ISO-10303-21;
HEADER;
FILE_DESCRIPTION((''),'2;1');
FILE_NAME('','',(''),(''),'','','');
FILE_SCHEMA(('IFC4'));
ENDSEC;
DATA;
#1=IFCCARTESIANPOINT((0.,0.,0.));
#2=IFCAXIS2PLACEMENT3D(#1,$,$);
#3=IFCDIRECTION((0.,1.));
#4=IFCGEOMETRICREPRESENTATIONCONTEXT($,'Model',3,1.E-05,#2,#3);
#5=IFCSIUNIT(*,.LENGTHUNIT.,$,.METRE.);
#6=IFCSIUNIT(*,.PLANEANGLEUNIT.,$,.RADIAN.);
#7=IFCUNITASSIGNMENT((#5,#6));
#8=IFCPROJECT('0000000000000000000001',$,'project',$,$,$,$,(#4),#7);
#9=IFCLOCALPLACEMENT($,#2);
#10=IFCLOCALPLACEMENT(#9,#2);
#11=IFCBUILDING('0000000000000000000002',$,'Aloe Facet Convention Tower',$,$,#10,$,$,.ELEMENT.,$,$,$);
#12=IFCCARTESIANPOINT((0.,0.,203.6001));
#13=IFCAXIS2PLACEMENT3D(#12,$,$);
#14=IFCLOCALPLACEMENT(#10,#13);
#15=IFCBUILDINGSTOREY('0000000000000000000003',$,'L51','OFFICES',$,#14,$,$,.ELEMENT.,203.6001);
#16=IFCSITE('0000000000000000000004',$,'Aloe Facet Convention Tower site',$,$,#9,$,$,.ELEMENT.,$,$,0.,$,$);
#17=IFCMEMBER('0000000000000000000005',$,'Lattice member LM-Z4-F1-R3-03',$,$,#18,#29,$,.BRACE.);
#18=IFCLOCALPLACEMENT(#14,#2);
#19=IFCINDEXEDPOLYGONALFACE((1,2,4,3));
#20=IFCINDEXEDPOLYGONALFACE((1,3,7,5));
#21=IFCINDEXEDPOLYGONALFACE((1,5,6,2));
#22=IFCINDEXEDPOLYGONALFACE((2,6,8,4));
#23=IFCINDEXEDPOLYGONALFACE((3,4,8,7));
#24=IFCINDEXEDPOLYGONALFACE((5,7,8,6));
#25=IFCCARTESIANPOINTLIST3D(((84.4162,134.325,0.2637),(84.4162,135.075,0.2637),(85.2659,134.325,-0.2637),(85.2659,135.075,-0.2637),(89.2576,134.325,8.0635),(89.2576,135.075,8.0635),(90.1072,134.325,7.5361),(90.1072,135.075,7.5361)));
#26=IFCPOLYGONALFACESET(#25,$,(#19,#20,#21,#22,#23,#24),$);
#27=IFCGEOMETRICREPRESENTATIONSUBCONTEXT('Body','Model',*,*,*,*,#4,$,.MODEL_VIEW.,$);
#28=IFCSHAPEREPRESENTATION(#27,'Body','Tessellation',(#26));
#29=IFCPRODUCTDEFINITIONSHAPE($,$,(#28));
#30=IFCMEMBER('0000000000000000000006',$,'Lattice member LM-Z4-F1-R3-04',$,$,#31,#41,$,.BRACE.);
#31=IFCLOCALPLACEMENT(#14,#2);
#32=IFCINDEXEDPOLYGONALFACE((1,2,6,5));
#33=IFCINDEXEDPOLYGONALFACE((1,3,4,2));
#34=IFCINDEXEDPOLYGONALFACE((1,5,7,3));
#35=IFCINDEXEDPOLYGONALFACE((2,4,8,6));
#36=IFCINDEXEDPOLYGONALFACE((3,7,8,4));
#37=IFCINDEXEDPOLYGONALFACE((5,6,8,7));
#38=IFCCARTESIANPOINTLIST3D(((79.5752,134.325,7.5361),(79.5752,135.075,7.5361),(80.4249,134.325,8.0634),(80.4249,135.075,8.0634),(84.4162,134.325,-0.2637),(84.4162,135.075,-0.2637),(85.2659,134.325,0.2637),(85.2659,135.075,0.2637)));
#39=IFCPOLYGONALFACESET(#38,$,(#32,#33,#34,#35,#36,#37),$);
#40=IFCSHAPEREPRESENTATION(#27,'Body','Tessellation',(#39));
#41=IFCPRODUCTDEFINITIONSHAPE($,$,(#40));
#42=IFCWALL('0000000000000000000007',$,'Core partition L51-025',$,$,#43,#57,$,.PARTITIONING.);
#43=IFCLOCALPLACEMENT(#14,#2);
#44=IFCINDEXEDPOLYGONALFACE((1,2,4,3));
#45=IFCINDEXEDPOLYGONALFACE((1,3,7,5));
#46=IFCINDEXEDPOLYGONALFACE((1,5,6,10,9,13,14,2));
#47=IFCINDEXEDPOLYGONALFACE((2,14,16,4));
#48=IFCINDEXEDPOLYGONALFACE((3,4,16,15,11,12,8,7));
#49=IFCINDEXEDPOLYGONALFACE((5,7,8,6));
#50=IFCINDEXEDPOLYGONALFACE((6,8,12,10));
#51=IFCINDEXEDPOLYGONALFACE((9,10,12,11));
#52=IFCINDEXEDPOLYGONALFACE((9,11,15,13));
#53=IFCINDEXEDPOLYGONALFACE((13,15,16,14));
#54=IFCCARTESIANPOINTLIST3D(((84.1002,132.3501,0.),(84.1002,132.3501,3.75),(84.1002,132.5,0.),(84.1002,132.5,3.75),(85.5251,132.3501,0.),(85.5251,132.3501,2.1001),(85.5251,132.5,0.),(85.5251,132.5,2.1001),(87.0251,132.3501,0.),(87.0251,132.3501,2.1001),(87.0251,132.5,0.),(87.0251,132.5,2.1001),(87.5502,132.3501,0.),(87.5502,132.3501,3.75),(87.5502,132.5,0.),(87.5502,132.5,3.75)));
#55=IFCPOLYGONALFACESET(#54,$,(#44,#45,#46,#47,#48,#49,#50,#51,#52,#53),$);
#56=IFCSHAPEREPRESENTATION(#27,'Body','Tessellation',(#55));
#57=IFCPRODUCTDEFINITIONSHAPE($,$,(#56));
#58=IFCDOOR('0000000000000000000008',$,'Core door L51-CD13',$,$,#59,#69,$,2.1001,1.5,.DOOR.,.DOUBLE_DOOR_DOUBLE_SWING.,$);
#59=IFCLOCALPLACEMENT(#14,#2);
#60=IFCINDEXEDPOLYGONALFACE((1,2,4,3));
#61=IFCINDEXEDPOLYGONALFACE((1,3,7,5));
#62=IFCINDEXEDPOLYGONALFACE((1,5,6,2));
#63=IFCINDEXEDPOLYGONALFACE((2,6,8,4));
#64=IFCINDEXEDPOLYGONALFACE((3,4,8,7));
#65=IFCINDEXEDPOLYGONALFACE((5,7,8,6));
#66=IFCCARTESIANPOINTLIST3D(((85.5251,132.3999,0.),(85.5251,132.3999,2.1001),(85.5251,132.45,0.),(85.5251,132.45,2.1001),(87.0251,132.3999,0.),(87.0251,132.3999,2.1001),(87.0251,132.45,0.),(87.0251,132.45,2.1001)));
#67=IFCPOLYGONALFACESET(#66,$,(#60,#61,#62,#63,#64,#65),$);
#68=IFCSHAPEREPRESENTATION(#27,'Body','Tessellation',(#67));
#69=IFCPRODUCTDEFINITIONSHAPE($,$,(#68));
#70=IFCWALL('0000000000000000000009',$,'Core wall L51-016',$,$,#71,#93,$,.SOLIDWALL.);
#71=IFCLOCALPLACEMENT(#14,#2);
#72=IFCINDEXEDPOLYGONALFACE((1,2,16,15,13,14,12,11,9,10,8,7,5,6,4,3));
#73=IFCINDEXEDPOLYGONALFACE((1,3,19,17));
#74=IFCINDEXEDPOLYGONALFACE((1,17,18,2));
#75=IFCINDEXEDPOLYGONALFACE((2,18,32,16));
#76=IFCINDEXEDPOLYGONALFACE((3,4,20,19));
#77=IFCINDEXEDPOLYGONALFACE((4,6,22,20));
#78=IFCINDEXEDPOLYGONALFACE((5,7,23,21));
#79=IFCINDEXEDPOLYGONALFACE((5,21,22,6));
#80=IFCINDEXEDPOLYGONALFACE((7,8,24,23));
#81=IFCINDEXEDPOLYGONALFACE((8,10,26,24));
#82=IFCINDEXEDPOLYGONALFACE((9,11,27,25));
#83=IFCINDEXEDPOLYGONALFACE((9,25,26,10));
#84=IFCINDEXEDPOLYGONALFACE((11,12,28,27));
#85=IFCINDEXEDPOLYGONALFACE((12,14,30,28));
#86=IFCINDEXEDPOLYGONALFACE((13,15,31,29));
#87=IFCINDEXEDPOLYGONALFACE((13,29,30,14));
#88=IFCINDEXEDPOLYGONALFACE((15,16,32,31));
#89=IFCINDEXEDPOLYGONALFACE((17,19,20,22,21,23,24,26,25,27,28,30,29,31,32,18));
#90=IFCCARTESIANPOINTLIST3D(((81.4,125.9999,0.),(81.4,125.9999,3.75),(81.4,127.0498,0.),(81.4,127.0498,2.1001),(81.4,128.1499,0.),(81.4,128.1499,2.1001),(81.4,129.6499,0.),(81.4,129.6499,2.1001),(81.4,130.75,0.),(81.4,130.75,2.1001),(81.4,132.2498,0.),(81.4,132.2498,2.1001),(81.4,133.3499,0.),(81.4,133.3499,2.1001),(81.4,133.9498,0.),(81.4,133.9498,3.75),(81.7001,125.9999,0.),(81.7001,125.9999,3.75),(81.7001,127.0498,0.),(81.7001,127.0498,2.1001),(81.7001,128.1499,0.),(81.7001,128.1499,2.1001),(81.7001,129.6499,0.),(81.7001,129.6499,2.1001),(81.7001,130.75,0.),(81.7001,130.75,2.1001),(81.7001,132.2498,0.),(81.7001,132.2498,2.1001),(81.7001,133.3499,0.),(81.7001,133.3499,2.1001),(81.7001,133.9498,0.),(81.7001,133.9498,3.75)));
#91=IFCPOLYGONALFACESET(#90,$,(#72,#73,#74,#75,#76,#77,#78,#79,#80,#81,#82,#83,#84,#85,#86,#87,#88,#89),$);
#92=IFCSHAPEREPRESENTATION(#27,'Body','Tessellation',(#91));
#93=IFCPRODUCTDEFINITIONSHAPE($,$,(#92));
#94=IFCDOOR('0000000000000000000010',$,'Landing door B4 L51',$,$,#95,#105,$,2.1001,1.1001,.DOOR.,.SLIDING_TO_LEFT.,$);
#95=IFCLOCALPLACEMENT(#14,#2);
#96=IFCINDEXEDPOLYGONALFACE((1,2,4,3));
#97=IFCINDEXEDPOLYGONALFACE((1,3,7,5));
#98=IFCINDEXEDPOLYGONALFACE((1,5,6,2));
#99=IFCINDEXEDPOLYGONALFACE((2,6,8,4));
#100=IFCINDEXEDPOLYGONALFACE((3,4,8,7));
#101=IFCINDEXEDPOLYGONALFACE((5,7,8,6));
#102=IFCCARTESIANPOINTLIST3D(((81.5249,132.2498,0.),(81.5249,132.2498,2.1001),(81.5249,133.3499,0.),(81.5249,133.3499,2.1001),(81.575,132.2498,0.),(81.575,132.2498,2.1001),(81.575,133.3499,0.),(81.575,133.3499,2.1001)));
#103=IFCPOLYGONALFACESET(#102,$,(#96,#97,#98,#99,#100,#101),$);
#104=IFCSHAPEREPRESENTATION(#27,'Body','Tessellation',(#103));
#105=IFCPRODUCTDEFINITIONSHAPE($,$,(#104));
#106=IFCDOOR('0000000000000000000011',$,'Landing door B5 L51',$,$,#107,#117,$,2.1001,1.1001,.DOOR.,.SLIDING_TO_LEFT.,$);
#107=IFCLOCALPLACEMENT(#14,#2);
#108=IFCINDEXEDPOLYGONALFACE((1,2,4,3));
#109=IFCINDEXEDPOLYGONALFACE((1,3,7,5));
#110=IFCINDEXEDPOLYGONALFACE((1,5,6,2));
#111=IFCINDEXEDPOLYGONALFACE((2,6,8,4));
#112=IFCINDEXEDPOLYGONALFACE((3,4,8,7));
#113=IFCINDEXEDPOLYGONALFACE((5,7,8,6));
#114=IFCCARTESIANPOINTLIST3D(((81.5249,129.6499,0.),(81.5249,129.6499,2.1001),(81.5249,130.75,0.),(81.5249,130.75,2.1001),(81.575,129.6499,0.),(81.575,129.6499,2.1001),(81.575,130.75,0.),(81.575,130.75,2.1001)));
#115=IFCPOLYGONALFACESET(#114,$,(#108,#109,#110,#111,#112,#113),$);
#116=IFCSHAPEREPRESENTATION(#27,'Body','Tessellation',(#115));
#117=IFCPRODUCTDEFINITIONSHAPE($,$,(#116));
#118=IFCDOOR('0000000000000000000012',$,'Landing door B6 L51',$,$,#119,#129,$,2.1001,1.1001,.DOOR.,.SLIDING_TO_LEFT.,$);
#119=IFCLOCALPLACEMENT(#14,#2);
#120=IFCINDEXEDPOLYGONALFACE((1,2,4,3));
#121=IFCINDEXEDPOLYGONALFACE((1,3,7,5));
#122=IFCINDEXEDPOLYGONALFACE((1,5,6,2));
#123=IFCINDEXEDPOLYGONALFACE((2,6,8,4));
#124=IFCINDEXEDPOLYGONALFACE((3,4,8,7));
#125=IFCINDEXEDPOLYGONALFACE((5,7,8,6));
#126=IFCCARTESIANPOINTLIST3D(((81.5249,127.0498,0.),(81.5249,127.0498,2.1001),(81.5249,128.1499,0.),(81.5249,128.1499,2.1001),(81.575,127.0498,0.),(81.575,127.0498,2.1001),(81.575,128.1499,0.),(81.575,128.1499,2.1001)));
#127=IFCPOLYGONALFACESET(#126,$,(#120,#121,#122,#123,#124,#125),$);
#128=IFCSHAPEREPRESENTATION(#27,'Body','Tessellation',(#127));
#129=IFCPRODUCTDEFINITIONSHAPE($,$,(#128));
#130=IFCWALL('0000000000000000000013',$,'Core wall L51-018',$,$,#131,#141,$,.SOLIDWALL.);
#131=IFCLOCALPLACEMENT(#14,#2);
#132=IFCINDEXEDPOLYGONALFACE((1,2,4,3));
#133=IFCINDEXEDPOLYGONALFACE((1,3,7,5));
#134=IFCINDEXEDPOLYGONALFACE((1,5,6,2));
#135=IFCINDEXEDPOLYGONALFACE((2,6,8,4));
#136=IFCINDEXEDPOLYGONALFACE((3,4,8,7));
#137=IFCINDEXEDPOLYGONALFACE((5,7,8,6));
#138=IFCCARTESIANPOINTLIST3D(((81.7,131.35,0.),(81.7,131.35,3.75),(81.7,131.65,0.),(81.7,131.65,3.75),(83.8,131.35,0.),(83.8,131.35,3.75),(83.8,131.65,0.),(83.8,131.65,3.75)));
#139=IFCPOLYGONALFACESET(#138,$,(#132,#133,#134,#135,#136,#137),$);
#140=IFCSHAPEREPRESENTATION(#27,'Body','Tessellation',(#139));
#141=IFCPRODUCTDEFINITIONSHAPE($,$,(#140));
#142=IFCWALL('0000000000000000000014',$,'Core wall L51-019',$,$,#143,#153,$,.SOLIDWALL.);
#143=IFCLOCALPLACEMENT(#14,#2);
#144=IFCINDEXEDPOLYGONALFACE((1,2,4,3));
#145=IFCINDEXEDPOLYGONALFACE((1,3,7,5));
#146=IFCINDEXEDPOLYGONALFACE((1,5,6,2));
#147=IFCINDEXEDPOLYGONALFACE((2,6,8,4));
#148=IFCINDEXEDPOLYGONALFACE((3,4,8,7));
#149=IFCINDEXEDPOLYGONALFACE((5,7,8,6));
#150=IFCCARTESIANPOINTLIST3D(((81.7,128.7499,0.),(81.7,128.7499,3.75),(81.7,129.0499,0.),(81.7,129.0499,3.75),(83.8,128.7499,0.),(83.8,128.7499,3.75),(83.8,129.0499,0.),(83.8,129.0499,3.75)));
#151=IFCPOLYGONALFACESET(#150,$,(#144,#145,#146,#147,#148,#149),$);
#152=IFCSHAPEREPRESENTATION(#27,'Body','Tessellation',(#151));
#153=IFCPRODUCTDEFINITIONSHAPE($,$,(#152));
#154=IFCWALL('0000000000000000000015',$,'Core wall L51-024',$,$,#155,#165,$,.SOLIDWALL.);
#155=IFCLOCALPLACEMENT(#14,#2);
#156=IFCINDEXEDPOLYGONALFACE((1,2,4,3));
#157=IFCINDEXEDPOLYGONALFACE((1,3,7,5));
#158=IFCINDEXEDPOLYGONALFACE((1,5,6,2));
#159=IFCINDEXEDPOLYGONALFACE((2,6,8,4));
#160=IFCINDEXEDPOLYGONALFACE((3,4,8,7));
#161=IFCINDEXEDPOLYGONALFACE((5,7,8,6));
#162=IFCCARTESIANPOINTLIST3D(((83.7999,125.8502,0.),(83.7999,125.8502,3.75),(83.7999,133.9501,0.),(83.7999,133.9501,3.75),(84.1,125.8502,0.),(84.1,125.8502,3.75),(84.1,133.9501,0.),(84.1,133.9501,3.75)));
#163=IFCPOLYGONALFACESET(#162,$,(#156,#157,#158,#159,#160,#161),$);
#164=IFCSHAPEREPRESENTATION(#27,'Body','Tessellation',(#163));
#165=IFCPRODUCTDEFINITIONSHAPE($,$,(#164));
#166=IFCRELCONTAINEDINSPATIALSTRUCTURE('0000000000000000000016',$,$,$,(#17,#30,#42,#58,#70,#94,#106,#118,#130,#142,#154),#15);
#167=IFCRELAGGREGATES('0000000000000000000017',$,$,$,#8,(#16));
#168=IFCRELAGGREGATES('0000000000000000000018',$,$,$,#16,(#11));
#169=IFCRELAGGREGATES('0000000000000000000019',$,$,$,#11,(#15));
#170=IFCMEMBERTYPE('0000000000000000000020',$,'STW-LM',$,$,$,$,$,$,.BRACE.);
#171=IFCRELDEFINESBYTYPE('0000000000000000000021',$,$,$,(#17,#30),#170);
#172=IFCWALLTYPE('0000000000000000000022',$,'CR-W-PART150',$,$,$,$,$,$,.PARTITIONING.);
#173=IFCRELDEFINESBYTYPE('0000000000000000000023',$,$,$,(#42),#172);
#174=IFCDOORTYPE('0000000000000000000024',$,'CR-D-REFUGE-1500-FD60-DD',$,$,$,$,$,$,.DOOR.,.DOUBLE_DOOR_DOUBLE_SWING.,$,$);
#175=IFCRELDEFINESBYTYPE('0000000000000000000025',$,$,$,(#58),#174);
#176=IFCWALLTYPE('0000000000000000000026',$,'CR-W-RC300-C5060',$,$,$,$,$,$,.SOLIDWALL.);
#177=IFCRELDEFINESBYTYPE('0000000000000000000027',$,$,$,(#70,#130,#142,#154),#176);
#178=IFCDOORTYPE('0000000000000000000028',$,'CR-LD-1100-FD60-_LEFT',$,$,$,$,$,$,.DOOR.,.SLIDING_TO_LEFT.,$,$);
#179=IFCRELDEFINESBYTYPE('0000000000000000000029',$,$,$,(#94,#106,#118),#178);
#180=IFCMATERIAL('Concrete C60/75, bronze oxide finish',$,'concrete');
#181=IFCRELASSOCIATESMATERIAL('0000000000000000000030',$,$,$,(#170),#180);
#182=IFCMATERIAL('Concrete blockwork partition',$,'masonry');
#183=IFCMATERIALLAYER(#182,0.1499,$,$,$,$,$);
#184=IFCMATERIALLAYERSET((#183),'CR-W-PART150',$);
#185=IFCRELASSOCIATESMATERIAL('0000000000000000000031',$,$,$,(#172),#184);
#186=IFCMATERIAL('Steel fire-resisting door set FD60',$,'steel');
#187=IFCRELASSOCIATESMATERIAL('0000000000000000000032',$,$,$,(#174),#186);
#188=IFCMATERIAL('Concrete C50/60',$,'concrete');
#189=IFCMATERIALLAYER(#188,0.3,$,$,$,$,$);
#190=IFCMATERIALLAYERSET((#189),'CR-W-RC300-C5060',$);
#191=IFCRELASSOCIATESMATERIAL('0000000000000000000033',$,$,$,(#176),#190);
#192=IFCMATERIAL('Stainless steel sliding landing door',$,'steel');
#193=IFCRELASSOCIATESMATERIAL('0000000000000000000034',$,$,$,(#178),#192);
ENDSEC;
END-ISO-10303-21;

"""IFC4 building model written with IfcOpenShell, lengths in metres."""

from ifc_helpers import new_model, si_unit, direction, frame, frame_2d, origin, origin_2d, place, context, subcontext, project, spatial, rectangle, extrude, material, layer, layer_set, material_profile, profile_set, type_object, element, fill, save


model = new_model("IFC4")

# Units and contexts
model_context = context("Model", 3, precision=1e-05, world=origin(), true_north=direction((0.0, 1.0)))
body_context = subcontext(model_context, "Body", "Model", "MODEL_VIEW")
ifc_project = project(units=[si_unit("LENGTHUNIT", "METRE"), si_unit("PLANEANGLEUNIT", "RADIAN")], contexts=[model_context])

# Site, building, storey
site_placement = place(None, origin())
site = spatial("IfcSite", under=ifc_project, at=site_placement, Name="Aloe Facet Convention Tower site", CompositionType="ELEMENT", RefElevation=0.0)
building_placement = place(site_placement, origin())
building = spatial("IfcBuilding", under=site, at=building_placement, Name="Aloe Facet Convention Tower", CompositionType="ELEMENT")
storey_placement = place(building_placement, frame((0.0, 0.0, 203.6001)))
storey = spatial("IfcBuildingStorey", under=building, at=storey_placement, Name="L51", Description="OFFICES", CompositionType="ELEMENT", Elevation=203.6001)

# Members
ifc_material_1 = material(Name="Concrete C60/75, bronze oxide finish", Category="concrete")
ifc_material_profile = material_profile(ifc_material_1, rectangle(XDim=0.75, YDim=1.0, at=origin_2d()), Name="STW-LM")
ifc_profile_set = profile_set([ifc_material_profile], Name="Concrete C60/75, bronze oxide finish")
member_type = type_object("IfcMemberType", Name="STW-LM", PredefinedType="BRACE", material=ifc_profile_set)
member_1_placement = place(storey_placement, frame((84.8411, 134.7, 0.0), z_axis=(0.527367, 0.0, 0.849638), x_axis=(0.0, 1.0, 0.0)))
element("IfcMember", 1, at=member_1_placement, inside=storey, type_object=member_type, Name="Lattice member LM-Z4-F1-R3-03", PredefinedType="BRACE", context=body_context, shape_type="SweptSolid", body=[
    extrude(rectangle(XDim=0.75, YDim=1.0, at=origin_2d()), origin(), (0.0, 0.0, 1.0), 9.1802),
])
member_2_placement = place(storey_placement, frame((84.8411, 134.7, 0.0), z_axis=(-0.527348, 0.0, 0.84965), x_axis=(0.0, -1.0, 0.0)))
element("IfcMember", 2, at=member_2_placement, inside=storey, type_object=member_type, Name="Lattice member LM-Z4-F1-R3-04", PredefinedType="BRACE", context=body_context, shape_type="SweptSolid", body=[
    extrude(rectangle(XDim=0.75, YDim=1.0, at=origin_2d()), origin(), (0.0, 0.0, 1.0), 9.1799),
])

# Wall, opening, door
ifc_material_2 = material(Name="Concrete blockwork partition", Category="masonry")
ifc_layer_1 = layer(ifc_material_2, 0.1499)
ifc_layer_set_1 = layer_set([ifc_layer_1], Name="CR-W-PART150")
wall_type_1 = type_object("IfcWallType", Name="CR-W-PART150", PredefinedType="PARTITIONING", material=ifc_layer_set_1)
wall_1_placement = place(storey_placement, frame((84.1001, 132.425, 0.0), z_axis=(0.0, 0.0, 1.0), x_axis=(1.0, 0.0, 0.0)))
wall_1 = element("IfcWall", 3, at=wall_1_placement, inside=storey, type_object=wall_type_1, Name="Core partition L51-025", PredefinedType="PARTITIONING", context=body_context, shape_type="SweptSolid", body=[
    extrude(rectangle(XDim=3.45, YDim=0.1499, at=frame_2d((1.7251, 0.0))), origin(), (0.0, 0.0, 1.0), 3.75),
])
opening_1_placement = place(wall_1_placement, frame((1.425, 0.0, 0.0)))
opening_1 = element("IfcOpeningElement", 4, at=opening_1_placement, cuts=wall_1, PredefinedType="OPENING", context=body_context, shape_type="SweptSolid", body=[
    extrude(rectangle(XDim=1.5, YDim=2.1001, at=frame_2d((0.75, 1.05))), frame((0.0, 0.085, 0.0), z_axis=(0.0, -1.0, 0.0), x_axis=(1.0, 0.0, 0.0)), (0.0, 0.0, 1.0), 0.1699),
])
ifc_material_3 = material(Name="Steel fire-resisting door set FD60", Category="steel")
door_type_1 = type_object("IfcDoorType", Name="CR-D-REFUGE-1500-FD60-DD", OperationType="DOUBLE_DOOR_DOUBLE_SWING", PredefinedType="DOOR", material=ifc_material_3)
door_1_placement = place(opening_1_placement, origin())
door_1 = element("IfcDoor", 5, at=door_1_placement, inside=storey, type_object=door_type_1, Name="Core door L51-CD13", OperationType="DOUBLE_DOOR_DOUBLE_SWING", OverallHeight=2.1001, OverallWidth=1.5, PredefinedType="DOOR", context=body_context, shape_type="SweptSolid", body=[
    extrude(rectangle(XDim=1.5, YDim=2.1001, at=frame_2d((0.75, 1.05))), frame((0.0, 0.0249, 0.0), z_axis=(0.0, -1.0, 0.0), x_axis=(1.0, 0.0, 0.0)), (0.0, 0.0, 1.0), 0.05),
])
fill(opening_1, door_1)

# Wall, openings, doors
ifc_material_4 = material(Name="Concrete C50/60", Category="concrete")
ifc_layer_2 = layer(ifc_material_4, 0.3)
ifc_layer_set_2 = layer_set([ifc_layer_2], Name="CR-W-RC300-C5060")
wall_type_2 = type_object("IfcWallType", Name="CR-W-RC300-C5060", PredefinedType="SOLIDWALL", material=ifc_layer_set_2)
wall_2_placement = place(storey_placement, frame((81.55, 133.95, 0.0), z_axis=(0.0, 0.0, 1.0), x_axis=(0.0, -1.0, 0.0)))
wall_2 = element("IfcWall", 6, at=wall_2_placement, inside=storey, type_object=wall_type_2, Name="Core wall L51-016", PredefinedType="SOLIDWALL", context=body_context, shape_type="SweptSolid", body=[
    extrude(rectangle(XDim=7.95, YDim=0.3, at=frame_2d((3.9751, 0.0))), origin(), (0.0, 0.0, 1.0), 3.75),
])
opening_2_placement = place(wall_2_placement, frame((0.6001, 0.0, 0.0)))
opening_2 = element("IfcOpeningElement", 7, at=opening_2_placement, cuts=wall_2, PredefinedType="OPENING", context=body_context, shape_type="SweptSolid", body=[
    extrude(rectangle(XDim=1.1001, YDim=2.1001, at=frame_2d((0.55, 1.05))), frame((0.0, 0.1602, 0.0), z_axis=(0.0, -1.0, 0.0), x_axis=(1.0, 0.0, 0.0)), (0.0, 0.0, 1.0), 0.3201),
])
opening_3_placement = place(wall_2_placement, frame((3.2, 0.0, 0.0)))
opening_3 = element("IfcOpeningElement", 8, at=opening_3_placement, cuts=wall_2, PredefinedType="OPENING", context=body_context, shape_type="SweptSolid", body=[
    extrude(rectangle(XDim=1.1001, YDim=2.1001, at=frame_2d((0.55, 1.05))), frame((0.0, 0.1602, 0.0), z_axis=(0.0, -1.0, 0.0), x_axis=(1.0, 0.0, 0.0)), (0.0, 0.0, 1.0), 0.3201),
])
opening_4_placement = place(wall_2_placement, frame((5.8, 0.0, 0.0)))
opening_4 = element("IfcOpeningElement", 9, at=opening_4_placement, cuts=wall_2, PredefinedType="OPENING", context=body_context, shape_type="SweptSolid", body=[
    extrude(rectangle(XDim=1.1001, YDim=2.1001, at=frame_2d((0.55, 1.05))), frame((0.0, 0.1602, 0.0), z_axis=(0.0, -1.0, 0.0), x_axis=(1.0, 0.0, 0.0)), (0.0, 0.0, 1.0), 0.3201),
])
ifc_material_5 = material(Name="Stainless steel sliding landing door", Category="steel")
door_type_2 = type_object("IfcDoorType", Name="CR-LD-1100-FD60-_LEFT", OperationType="SLIDING_TO_LEFT", PredefinedType="DOOR", material=ifc_material_5)
door_2_placement = place(opening_2_placement, origin())
door_2 = element("IfcDoor", 10, at=door_2_placement, inside=storey, type_object=door_type_2, Name="Landing door B4 L51", OperationType="SLIDING_TO_LEFT", OverallHeight=2.1001, OverallWidth=1.1001, PredefinedType="DOOR", context=body_context, shape_type="SweptSolid", body=[
    extrude(rectangle(XDim=1.1001, YDim=2.1001, at=frame_2d((0.55, 1.05))), frame((0.0, 0.0249, 0.0), z_axis=(0.0, -1.0, 0.0), x_axis=(1.0, 0.0, 0.0)), (0.0, 0.0, 1.0), 0.05),
])
fill(opening_2, door_2)
door_3_placement = place(opening_3_placement, origin())
door_3 = element("IfcDoor", 11, at=door_3_placement, inside=storey, type_object=door_type_2, Name="Landing door B5 L51", OperationType="SLIDING_TO_LEFT", OverallHeight=2.1001, OverallWidth=1.1001, PredefinedType="DOOR", context=body_context, shape_type="SweptSolid", body=[
    extrude(rectangle(XDim=1.1001, YDim=2.1001, at=frame_2d((0.55, 1.05))), frame((0.0, 0.0249, 0.0), z_axis=(0.0, -1.0, 0.0), x_axis=(1.0, 0.0, 0.0)), (0.0, 0.0, 1.0), 0.05),
])
fill(opening_3, door_3)
door_4_placement = place(opening_4_placement, origin())
door_4 = element("IfcDoor", 12, at=door_4_placement, inside=storey, type_object=door_type_2, Name="Landing door B6 L51", OperationType="SLIDING_TO_LEFT", OverallHeight=2.1001, OverallWidth=1.1001, PredefinedType="DOOR", context=body_context, shape_type="SweptSolid", body=[
    extrude(rectangle(XDim=1.1001, YDim=2.1001, at=frame_2d((0.55, 1.05))), frame((0.0, 0.0249, 0.0), z_axis=(0.0, -1.0, 0.0), x_axis=(1.0, 0.0, 0.0)), (0.0, 0.0, 1.0), 0.05),
])
fill(opening_4, door_4)

# Walls
for number, where, z_axis, x_axis, name in (
    (13, (81.7, 131.5, 0.0), (0.0, 0.0, 1.0), (1.0, 0.0, 0.0), "Core wall L51-018"),
    (14, (81.7, 128.8999, 0.0), (0.0, 0.0, 1.0), (1.0, 0.0, 0.0), "Core wall L51-019"),
):
    element("IfcWall", number, at=place(storey_placement, frame(where, z_axis=z_axis, x_axis=x_axis)), inside=storey, type_object=wall_type_2, Name=name, PredefinedType="SOLIDWALL", context=body_context, shape_type="SweptSolid", body=[
        extrude(rectangle(XDim=2.1001, YDim=0.3, at=frame_2d((1.05, 0.0))), origin(), (0.0, 0.0, 1.0), 3.75),
    ])
wall_3_placement = place(storey_placement, frame((83.95, 133.95, 0.0), z_axis=(0.0, 0.0, 1.0), x_axis=(0.0, -1.0, 0.0)))
element("IfcWall", 15, at=wall_3_placement, inside=storey, type_object=wall_type_2, Name="Core wall L51-024", PredefinedType="SOLIDWALL", context=body_context, shape_type="SweptSolid", body=[
    extrude(rectangle(XDim=8.0999, YDim=0.3, at=frame_2d((4.0498, 0.0))), origin(), (0.0, 0.0, 1.0), 3.75),
])

save(model, "model.ifc")
